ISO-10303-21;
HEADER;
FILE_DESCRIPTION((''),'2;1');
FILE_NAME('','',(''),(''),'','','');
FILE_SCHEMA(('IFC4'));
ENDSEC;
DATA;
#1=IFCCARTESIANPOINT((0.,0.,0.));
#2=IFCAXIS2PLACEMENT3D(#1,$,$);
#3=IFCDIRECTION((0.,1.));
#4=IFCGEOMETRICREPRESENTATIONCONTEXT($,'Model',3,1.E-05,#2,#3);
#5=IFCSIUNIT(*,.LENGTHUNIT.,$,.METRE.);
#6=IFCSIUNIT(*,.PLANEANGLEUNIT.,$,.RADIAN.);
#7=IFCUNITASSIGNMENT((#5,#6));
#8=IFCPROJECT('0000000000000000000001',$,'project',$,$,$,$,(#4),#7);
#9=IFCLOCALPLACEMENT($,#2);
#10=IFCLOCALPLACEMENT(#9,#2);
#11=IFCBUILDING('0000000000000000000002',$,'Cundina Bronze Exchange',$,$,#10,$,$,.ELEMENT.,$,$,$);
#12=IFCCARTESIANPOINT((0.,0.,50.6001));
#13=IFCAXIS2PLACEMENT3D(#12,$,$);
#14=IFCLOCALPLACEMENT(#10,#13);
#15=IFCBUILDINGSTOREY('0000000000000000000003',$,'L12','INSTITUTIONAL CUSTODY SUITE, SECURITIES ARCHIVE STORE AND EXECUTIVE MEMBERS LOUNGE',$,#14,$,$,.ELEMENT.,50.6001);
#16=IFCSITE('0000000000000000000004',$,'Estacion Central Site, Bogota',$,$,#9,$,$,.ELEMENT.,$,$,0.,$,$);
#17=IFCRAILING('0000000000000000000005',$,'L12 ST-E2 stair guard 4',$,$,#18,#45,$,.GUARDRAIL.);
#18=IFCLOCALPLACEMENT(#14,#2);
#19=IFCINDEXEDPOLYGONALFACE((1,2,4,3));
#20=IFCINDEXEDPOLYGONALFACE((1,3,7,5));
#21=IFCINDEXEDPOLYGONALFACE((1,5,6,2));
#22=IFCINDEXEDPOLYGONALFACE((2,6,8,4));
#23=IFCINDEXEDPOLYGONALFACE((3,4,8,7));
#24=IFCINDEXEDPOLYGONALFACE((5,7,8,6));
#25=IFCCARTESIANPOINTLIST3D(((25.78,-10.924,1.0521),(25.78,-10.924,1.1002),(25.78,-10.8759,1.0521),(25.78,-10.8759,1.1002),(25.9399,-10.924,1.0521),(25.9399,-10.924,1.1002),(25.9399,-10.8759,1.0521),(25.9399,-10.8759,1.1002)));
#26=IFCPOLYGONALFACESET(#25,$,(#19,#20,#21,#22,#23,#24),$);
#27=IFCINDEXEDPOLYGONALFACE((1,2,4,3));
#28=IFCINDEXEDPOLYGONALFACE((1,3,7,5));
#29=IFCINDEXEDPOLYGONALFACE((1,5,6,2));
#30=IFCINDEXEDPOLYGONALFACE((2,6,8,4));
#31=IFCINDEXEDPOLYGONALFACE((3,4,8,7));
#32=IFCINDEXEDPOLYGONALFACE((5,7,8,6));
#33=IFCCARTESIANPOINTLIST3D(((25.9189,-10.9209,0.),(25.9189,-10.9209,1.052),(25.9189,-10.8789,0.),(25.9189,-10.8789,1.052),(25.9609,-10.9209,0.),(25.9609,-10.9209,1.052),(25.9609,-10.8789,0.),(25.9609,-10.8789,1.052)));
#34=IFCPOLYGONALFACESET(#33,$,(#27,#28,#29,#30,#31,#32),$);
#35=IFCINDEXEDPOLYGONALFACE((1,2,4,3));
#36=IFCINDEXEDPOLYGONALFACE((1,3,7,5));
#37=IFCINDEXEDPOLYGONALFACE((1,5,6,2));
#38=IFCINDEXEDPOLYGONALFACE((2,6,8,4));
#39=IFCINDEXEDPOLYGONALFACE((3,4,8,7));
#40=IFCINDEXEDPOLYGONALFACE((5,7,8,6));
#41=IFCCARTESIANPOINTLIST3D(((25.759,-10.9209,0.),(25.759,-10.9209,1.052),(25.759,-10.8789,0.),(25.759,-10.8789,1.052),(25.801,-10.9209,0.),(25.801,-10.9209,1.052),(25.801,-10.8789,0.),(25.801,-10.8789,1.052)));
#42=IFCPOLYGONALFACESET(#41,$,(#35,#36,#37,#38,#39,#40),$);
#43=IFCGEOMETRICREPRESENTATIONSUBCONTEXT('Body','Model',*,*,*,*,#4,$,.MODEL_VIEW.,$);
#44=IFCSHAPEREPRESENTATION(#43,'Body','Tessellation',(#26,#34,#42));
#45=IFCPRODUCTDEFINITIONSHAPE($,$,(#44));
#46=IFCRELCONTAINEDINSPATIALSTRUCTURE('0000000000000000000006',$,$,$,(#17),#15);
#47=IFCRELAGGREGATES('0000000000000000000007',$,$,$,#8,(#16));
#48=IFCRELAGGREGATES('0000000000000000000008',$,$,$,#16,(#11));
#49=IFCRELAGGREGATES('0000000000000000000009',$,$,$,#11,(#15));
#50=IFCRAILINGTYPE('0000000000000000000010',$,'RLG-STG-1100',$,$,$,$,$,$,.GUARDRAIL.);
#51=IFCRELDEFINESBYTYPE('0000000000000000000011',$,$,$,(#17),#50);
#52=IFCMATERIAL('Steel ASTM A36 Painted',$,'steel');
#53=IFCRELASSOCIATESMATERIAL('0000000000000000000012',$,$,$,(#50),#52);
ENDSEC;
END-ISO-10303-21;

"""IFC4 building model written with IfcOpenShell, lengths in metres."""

from ifc_helpers import new_model, si_unit, direction, frame, origin, origin_2d, place, context, subcontext, project, spatial, rectangle, extrude, material, type_object, element, save


model = new_model("IFC4")

# Units and contexts
model_context = context("Model", 3, precision=1e-05, world=origin(), true_north=direction((0.0, 1.0)))
body_context = subcontext(model_context, "Body", "Model", "MODEL_VIEW")
ifc_project = project(units=[si_unit("LENGTHUNIT", "METRE"), si_unit("PLANEANGLEUNIT", "RADIAN")], contexts=[model_context])

# Site, building, storey
site_placement = place(None, origin())
site = spatial("IfcSite", under=ifc_project, at=site_placement, Name="Estacion Central Site, Bogota", CompositionType="ELEMENT", RefElevation=0.0)
building_placement = place(site_placement, origin())
building = spatial("IfcBuilding", under=site, at=building_placement, Name="Cundina Bronze Exchange", CompositionType="ELEMENT")
storey_placement = place(building_placement, frame((0.0, 0.0, 50.6001)))
storey = spatial("IfcBuildingStorey", under=building, at=storey_placement, Name="L12", Description="INSTITUTIONAL CUSTODY SUITE, SECURITIES ARCHIVE STORE AND EXECUTIVE MEMBERS LOUNGE", CompositionType="ELEMENT", Elevation=50.6001)

# Shared definitions
ifc_material_1 = material(Name="Steel ASTM A36 Painted", Category="steel")

# Railing
railing_type_1 = type_object("IfcRailingType", Name="RLG-STG-1100", PredefinedType="GUARDRAIL", material=ifc_material_1)
railing_1_placement = place(storey_placement, frame((25.9399, -10.8999, 0.0)))
element("IfcRailing", 1, at=railing_1_placement, inside=storey, type_object=railing_type_1, Name="L12 ST-E2 stair guard 4", PredefinedType="GUARDRAIL", context=body_context, shape_type="SweptSolid", body=[
    extrude(rectangle(XDim=0.0481, YDim=0.0481, at=origin_2d()), frame((0.0, 0.0, 1.0762), z_axis=(-1.0, 0.0, 0.0), x_axis=(0.0, -1.0, 0.0)), (0.0, 0.0, 1.0), 0.1599),
    extrude(rectangle(XDim=0.042, YDim=0.042, at=origin_2d()), origin(), (0.0, 0.0, 1.0), 1.052),
    extrude(rectangle(XDim=0.042, YDim=0.042, at=origin_2d()), frame((-0.1599, 0.0, 0.0)), (0.0, 0.0, 1.0), 1.052),
])

save(model, "model.ifc")
